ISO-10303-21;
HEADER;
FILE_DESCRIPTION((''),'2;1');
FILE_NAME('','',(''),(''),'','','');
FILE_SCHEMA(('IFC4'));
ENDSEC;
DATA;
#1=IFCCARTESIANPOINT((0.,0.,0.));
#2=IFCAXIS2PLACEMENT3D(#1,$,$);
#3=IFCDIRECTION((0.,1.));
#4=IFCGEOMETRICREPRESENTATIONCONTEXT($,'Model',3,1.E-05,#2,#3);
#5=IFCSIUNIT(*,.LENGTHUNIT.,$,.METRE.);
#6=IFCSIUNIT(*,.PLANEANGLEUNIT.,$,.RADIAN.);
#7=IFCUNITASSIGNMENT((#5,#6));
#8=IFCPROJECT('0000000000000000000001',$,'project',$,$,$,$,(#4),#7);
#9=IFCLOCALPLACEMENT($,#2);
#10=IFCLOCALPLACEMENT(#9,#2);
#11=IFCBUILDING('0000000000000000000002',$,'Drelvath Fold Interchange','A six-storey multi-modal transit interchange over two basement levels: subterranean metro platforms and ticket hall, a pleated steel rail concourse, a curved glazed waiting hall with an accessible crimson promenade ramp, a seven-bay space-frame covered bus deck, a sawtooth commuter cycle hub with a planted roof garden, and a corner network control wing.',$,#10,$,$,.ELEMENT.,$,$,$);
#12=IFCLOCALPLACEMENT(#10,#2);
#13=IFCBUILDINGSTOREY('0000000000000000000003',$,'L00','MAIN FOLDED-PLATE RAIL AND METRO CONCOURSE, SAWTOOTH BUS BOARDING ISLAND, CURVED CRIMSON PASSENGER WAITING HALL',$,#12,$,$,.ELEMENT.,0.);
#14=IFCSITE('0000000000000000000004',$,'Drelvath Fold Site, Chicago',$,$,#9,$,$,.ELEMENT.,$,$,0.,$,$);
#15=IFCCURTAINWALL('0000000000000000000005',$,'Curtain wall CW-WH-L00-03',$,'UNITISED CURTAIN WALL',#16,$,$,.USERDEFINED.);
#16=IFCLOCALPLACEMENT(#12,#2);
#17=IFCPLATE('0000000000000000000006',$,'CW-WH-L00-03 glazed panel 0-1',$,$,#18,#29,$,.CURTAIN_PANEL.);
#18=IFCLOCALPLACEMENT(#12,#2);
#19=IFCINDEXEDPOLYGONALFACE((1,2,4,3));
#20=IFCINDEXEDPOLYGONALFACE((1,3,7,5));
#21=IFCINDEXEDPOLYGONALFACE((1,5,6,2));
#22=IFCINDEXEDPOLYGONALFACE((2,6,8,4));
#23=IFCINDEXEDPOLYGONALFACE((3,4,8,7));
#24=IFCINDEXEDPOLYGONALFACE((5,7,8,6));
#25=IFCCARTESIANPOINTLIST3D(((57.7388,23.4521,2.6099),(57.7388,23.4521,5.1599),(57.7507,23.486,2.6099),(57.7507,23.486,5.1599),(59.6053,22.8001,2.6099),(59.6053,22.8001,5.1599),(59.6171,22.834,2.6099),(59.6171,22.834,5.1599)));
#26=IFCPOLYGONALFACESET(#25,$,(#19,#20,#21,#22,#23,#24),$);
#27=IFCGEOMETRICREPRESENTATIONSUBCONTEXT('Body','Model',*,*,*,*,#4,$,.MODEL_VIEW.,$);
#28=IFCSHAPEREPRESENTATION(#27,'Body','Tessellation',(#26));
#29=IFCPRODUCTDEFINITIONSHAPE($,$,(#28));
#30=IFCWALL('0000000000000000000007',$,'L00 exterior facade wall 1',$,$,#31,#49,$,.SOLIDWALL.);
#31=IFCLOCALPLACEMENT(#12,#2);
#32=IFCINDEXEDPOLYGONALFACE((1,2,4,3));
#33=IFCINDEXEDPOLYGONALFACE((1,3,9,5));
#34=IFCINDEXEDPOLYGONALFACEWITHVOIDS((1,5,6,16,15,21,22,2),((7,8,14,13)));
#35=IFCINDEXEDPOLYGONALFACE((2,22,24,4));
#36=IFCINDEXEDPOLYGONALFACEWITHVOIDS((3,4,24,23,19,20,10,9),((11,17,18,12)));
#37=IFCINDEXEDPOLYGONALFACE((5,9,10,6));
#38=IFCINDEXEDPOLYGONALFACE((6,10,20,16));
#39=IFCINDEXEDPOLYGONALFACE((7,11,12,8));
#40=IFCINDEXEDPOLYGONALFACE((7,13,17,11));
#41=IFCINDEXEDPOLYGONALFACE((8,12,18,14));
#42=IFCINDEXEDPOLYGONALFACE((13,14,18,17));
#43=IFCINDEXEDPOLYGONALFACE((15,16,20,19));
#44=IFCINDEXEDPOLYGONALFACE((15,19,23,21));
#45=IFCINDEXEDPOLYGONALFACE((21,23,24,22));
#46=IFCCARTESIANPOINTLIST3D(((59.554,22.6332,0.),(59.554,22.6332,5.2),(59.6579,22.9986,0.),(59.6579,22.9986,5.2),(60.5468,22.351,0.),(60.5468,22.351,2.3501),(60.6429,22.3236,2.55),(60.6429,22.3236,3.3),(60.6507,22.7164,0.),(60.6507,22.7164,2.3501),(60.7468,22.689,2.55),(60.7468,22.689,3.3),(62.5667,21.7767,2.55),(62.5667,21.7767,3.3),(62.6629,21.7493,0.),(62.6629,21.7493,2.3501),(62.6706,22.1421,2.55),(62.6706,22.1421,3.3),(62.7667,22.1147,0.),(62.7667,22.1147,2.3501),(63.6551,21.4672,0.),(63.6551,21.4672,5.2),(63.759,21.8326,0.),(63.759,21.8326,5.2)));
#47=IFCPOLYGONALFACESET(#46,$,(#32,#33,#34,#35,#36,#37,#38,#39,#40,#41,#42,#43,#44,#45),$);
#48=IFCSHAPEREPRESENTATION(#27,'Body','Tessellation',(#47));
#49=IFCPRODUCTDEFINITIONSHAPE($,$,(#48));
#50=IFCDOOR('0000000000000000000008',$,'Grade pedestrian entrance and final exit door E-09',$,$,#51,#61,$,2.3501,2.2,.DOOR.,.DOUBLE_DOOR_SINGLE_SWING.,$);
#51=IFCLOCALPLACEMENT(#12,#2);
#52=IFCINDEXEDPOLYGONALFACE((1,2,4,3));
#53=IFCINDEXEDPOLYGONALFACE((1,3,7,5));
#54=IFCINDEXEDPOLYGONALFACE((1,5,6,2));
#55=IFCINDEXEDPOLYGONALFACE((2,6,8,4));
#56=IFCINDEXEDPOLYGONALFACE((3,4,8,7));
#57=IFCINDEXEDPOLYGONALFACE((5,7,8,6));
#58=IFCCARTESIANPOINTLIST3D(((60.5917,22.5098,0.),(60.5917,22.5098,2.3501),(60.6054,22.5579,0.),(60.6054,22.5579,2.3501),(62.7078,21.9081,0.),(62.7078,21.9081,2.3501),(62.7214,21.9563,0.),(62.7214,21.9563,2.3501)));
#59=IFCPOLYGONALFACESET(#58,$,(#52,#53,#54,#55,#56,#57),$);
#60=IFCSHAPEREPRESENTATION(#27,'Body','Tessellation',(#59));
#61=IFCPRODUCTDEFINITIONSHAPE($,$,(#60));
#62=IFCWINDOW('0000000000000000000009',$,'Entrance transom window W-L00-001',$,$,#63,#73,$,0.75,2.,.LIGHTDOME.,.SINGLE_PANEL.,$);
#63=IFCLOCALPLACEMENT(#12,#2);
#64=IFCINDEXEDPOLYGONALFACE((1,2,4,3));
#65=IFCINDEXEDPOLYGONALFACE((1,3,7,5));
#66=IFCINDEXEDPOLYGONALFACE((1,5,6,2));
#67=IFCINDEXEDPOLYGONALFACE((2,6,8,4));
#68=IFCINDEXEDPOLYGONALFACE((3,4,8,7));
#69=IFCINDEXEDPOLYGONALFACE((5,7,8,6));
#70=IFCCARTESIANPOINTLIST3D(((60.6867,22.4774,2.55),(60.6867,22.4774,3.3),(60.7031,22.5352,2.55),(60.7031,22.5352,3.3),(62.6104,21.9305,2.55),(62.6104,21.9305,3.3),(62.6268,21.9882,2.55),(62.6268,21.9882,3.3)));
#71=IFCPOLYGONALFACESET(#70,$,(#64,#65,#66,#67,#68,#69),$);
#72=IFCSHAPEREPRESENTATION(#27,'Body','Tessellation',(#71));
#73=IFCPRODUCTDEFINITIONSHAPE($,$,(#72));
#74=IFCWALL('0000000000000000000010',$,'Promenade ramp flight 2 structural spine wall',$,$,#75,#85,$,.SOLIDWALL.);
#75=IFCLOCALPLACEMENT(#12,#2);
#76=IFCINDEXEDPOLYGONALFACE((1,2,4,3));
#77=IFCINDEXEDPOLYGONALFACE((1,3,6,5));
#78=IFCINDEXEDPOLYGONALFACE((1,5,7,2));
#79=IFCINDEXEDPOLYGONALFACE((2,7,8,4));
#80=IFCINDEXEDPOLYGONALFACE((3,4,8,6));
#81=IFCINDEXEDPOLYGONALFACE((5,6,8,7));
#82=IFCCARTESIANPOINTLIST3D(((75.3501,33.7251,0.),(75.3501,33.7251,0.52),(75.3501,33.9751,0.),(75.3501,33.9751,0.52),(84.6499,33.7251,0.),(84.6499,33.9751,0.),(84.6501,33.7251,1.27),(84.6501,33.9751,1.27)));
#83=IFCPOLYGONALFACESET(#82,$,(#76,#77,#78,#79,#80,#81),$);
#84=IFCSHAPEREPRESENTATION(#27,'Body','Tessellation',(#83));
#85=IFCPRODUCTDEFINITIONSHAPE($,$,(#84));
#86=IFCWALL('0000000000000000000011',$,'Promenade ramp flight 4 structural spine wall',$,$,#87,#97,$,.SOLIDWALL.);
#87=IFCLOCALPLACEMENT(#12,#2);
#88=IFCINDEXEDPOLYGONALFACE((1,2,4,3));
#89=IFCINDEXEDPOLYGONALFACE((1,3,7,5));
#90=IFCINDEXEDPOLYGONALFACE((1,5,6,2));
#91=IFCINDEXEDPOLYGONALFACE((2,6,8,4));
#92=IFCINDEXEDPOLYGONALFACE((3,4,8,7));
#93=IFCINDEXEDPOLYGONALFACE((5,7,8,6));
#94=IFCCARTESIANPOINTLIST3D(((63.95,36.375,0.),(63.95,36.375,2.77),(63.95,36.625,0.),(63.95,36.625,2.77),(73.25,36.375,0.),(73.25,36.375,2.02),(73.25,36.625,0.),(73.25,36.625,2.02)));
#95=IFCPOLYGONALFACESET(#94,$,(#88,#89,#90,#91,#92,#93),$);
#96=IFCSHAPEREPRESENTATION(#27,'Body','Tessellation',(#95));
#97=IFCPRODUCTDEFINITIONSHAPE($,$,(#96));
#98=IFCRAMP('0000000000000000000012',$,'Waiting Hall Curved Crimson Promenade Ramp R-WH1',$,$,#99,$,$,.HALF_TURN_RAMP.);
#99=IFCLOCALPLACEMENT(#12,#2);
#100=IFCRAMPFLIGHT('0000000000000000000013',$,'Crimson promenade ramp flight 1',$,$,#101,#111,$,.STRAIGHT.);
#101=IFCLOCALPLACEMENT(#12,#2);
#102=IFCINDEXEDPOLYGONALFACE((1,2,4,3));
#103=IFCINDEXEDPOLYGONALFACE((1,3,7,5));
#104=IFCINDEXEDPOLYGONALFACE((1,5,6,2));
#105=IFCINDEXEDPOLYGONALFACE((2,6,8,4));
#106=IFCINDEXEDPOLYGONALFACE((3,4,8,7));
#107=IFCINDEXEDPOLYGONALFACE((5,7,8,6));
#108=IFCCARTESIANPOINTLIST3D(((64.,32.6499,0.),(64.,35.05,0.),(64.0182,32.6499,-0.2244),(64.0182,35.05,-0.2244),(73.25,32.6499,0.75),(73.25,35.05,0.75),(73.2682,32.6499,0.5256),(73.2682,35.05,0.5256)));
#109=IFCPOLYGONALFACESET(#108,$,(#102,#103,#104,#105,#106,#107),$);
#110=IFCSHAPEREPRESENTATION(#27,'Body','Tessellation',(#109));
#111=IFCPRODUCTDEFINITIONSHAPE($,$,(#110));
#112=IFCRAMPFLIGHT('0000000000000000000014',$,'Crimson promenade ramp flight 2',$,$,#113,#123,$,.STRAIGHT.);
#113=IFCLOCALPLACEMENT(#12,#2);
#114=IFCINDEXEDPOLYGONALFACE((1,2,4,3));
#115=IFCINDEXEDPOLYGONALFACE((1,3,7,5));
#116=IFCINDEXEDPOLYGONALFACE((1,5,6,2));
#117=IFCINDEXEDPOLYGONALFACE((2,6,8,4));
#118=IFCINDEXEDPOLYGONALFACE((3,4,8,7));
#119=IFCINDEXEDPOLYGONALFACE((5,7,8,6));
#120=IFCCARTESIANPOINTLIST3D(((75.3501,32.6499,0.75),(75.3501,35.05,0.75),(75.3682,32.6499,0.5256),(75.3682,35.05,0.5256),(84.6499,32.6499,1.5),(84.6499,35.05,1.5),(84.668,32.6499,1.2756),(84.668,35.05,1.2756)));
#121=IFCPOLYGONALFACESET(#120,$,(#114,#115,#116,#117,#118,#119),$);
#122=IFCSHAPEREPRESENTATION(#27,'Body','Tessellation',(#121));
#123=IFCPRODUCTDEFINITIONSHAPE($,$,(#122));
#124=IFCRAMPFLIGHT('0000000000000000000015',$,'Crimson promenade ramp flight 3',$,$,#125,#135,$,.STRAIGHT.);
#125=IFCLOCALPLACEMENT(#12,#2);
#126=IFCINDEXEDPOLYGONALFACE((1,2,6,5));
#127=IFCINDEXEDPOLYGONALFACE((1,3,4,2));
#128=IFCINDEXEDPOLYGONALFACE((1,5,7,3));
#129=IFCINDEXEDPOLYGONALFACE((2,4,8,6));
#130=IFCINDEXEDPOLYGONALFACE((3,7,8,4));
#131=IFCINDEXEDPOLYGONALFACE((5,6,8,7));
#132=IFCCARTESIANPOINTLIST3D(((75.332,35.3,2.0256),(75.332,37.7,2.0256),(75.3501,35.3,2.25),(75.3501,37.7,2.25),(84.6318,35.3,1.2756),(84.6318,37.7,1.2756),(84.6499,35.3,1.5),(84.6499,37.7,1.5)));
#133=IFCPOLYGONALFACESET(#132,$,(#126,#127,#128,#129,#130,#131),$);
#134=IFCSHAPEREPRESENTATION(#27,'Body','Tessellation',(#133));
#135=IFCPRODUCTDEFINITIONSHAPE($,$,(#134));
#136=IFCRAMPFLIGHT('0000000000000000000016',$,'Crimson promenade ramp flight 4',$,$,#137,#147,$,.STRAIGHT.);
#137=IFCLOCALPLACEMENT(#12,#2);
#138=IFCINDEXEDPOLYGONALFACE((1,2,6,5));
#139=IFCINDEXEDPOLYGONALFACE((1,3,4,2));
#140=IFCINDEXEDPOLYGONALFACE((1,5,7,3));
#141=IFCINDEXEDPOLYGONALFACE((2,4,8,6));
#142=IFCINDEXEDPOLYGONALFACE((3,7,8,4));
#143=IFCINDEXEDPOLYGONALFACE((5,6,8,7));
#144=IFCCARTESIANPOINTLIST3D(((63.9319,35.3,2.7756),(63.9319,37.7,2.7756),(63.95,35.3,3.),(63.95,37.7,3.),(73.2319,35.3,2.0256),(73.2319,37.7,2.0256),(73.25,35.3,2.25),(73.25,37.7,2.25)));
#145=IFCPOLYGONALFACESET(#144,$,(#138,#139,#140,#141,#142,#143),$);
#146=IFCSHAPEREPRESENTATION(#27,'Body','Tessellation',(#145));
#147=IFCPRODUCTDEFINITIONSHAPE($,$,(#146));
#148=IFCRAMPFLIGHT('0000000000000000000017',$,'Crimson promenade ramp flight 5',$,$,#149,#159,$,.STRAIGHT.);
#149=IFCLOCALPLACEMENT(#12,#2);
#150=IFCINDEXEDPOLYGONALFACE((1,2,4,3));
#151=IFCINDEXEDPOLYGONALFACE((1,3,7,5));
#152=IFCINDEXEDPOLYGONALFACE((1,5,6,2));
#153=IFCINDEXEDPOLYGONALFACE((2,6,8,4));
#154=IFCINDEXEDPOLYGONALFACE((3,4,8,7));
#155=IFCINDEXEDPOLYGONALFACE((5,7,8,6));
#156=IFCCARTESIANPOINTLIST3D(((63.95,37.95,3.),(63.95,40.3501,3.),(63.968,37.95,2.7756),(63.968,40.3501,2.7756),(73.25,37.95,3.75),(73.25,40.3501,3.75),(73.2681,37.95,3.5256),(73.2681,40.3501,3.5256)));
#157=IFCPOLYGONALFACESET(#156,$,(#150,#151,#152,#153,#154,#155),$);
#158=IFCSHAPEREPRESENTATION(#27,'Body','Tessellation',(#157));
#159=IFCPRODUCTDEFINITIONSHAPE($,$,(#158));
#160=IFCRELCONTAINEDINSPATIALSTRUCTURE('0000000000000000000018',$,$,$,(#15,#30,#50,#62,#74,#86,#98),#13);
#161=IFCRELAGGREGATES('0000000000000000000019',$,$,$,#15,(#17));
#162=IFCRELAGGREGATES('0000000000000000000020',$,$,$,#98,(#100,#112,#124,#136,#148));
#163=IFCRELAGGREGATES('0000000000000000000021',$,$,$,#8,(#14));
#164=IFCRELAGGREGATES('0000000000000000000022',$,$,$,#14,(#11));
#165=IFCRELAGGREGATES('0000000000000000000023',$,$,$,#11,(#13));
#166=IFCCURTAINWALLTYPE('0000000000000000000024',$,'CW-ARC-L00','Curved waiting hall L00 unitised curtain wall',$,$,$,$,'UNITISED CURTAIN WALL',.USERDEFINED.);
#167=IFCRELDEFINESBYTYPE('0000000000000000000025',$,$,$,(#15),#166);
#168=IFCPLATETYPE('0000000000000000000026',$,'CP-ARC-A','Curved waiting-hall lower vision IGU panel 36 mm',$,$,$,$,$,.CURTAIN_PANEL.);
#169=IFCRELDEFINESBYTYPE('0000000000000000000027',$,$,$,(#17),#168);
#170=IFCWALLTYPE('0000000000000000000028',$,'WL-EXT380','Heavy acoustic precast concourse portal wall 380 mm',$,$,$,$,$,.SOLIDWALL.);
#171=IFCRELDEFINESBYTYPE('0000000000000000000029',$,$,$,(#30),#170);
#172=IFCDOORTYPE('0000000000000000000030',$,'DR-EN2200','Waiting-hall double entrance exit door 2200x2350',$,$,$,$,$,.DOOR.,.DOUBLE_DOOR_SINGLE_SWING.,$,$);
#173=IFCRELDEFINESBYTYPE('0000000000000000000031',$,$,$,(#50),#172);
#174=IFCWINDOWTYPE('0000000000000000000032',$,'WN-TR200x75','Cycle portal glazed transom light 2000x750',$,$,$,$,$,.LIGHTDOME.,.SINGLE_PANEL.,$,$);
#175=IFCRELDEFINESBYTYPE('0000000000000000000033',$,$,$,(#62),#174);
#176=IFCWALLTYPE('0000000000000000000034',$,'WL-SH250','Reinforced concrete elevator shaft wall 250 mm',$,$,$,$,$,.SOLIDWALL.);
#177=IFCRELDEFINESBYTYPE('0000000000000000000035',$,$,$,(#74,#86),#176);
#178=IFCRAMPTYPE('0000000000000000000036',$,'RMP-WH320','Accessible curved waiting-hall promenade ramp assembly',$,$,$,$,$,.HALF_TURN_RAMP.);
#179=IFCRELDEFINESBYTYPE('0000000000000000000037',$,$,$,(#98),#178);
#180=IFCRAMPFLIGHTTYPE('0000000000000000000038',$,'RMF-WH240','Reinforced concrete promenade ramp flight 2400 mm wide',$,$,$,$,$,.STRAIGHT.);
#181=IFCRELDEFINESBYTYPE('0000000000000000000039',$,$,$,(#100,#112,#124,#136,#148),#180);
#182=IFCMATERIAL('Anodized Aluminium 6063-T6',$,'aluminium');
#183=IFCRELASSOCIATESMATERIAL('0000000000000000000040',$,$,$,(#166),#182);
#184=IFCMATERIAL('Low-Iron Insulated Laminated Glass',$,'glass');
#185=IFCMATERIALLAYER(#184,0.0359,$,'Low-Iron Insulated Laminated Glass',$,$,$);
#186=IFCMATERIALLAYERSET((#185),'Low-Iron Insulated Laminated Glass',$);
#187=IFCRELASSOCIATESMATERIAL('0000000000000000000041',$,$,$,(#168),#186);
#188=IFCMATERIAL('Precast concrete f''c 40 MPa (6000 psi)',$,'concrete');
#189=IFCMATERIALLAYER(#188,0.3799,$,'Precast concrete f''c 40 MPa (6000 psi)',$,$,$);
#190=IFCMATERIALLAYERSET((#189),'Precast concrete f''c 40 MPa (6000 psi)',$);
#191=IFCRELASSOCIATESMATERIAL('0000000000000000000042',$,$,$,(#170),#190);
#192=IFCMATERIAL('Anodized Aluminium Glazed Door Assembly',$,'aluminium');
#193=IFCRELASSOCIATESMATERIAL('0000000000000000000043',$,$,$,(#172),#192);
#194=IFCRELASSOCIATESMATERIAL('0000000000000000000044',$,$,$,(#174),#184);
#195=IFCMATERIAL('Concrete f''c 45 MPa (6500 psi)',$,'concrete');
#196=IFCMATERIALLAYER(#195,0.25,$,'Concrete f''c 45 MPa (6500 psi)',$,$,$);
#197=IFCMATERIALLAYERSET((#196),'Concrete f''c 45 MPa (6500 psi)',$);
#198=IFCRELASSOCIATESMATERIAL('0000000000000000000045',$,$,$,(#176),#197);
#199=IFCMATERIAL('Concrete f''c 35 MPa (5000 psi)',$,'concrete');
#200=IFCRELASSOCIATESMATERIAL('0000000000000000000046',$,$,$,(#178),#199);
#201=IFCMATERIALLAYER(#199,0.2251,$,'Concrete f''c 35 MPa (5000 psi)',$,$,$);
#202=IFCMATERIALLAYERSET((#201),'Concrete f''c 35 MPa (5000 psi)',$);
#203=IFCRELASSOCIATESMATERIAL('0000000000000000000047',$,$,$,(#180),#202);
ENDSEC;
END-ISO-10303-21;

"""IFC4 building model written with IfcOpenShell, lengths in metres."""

from ifc_helpers import new_model, si_unit, direction, frame, frame_2d, origin, origin_2d, place, context, subcontext, project, spatial, polyline, rectangle, outline, extrude, material, layer, layer_set, type_object, element, fill, aggregate, save


model = new_model("IFC4")

# Units and contexts
model_context = context("Model", 3, precision=1e-05, world=origin(), true_north=direction((0.0, 1.0)))
body_context = subcontext(model_context, "Body", "Model", "MODEL_VIEW")
ifc_project = project(units=[si_unit("LENGTHUNIT", "METRE"), si_unit("PLANEANGLEUNIT", "RADIAN")], contexts=[model_context])

# Site, building, storey
site_placement = place(None, origin())
site = spatial("IfcSite", under=ifc_project, at=site_placement, Name="Drelvath Fold Site, Chicago", CompositionType="ELEMENT", RefElevation=0.0)
building_placement = place(site_placement, origin())
building = spatial("IfcBuilding", under=site, at=building_placement, Name="Drelvath Fold Interchange", Description="A six-storey multi-modal transit interchange over two basement levels: subterranean metro platforms and ticket hall, a pleated steel rail concourse, a curved glazed waiting hall with an accessible crimson promenade ramp, a seven-bay space-frame covered bus deck, a sawtooth commuter cycle hub with a planted roof garden, and a corner network control wing.", CompositionType="ELEMENT")
storey_placement = place(building_placement, origin())
storey = spatial("IfcBuildingStorey", under=building, at=storey_placement, Name="L00", Description="MAIN FOLDED-PLATE RAIL AND METRO CONCOURSE, SAWTOOTH BUS BOARDING ISLAND, CURVED CRIMSON PASSENGER WAITING HALL", CompositionType="ELEMENT", Elevation=0.0)

# Curtain wall, plate
ifc_material_1 = material(Name="Anodized Aluminium 6063-T6", Category="aluminium")
curtain_wall_type = type_object("IfcCurtainWallType", Name="CW-ARC-L00", Description="Curved waiting hall L00 unitised curtain wall", ElementType="UNITISED CURTAIN WALL", PredefinedType="USERDEFINED", material=ifc_material_1)
curtain_wall_placement = place(storey_placement, origin())
curtain_wall = element("IfcCurtainWall", 1, at=curtain_wall_placement, inside=storey, type_object=curtain_wall_type, Name="Curtain wall CW-WH-L00-03", ObjectType="UNITISED CURTAIN WALL", PredefinedType="USERDEFINED")
ifc_material_2 = material(Name="Low-Iron Insulated Laminated Glass", Category="glass")
ifc_layer_1 = layer(ifc_material_2, 0.0359, Name="Low-Iron Insulated Laminated Glass")
ifc_layer_set_1 = layer_set([ifc_layer_1], Name="Low-Iron Insulated Laminated Glass")
plate_type = type_object("IfcPlateType", Name="CP-ARC-A", Description="Curved waiting-hall lower vision IGU panel 36 mm", PredefinedType="CURTAIN_PANEL", material=ifc_layer_set_1)
plate_1_placement = place(storey_placement, frame((58.678, 23.1431, 2.6099), z_axis=(0.0, 0.0, 1.0), x_axis=(0.94406, -0.329773, 0.0)))
plate_1 = element("IfcPlate", 2, at=plate_1_placement, type_object=plate_type, Name="CW-WH-L00-03 glazed panel 0-1", PredefinedType="CURTAIN_PANEL", context=body_context, shape_type="SweptSolid", body=[
    extrude(rectangle(XDim=1.9771, YDim=0.0359, at=origin_2d()), origin(), (0.0, 0.0, 1.0), 2.55),
])
aggregate(curtain_wall, [plate_1])

# Wall, openings, door, window
ifc_material_3 = material(Name="Precast concrete f'c 40 MPa (6000 psi)", Category="concrete")
ifc_layer_2 = layer(ifc_material_3, 0.3799, Name="Precast concrete f'c 40 MPa (6000 psi)")
ifc_layer_set_2 = layer_set([ifc_layer_2], Name="Precast concrete f'c 40 MPa (6000 psi)")
wall_type_1 = type_object("IfcWallType", Name="WL-EXT380", Description="Heavy acoustic precast concourse portal wall 380 mm", PredefinedType="SOLIDWALL", material=ifc_layer_set_2)
wall_1_placement = place(storey_placement, frame((59.606, 22.8159, 0.0), z_axis=(0.0, 0.0, 1.0), x_axis=(0.961878, -0.273481, 0.0)))
wall_1 = element("IfcWall", 3, at=wall_1_placement, inside=storey, type_object=wall_type_1, Name="L00 exterior facade wall 1", PredefinedType="SOLIDWALL", context=body_context, shape_type="SweptSolid", body=[
    extrude(rectangle(XDim=4.2637, YDim=0.3799, at=frame_2d((2.1318, 0.0))), origin(), (0.0, 0.0, 1.0), 5.2),
])
opening_1_placement = place(wall_1_placement, frame((1.032, 0.0, 0.0)))
opening_1 = element("IfcOpeningElement", 4, at=opening_1_placement, cuts=wall_1, PredefinedType="OPENING", context=body_context, shape_type="SweptSolid", body=[
    extrude(rectangle(XDim=2.2, YDim=2.3501, at=frame_2d((1.1001, 1.175))), frame((0.0, 0.2, 0.0), z_axis=(0.0, -1.0, 0.0), x_axis=(1.0, 0.0, 0.0)), (0.0, 0.0, 1.0), 0.3999),
])
opening_2_placement = place(wall_1_placement, frame((1.1321, 0.0, 2.55)))
opening_2 = element("IfcOpeningElement", 5, at=opening_2_placement, cuts=wall_1, PredefinedType="OPENING", context=body_context, shape_type="SweptSolid", body=[
    extrude(rectangle(XDim=2.0, YDim=0.75, at=frame_2d((1.0, 0.375))), frame((0.0, 0.2, 0.0), z_axis=(0.0, -1.0, 0.0), x_axis=(1.0, 0.0, 0.0)), (0.0, 0.0, 1.0), 0.3999),
])
ifc_material_4 = material(Name="Anodized Aluminium Glazed Door Assembly", Category="aluminium")
door_type = type_object("IfcDoorType", Name="DR-EN2200", Description="Waiting-hall double entrance exit door 2200x2350", OperationType="DOUBLE_DOOR_SINGLE_SWING", PredefinedType="DOOR", material=ifc_material_4)
door_placement = place(opening_1_placement, frame((2.2, 0.0, 0.0), z_axis=(0.0, 0.0, 1.0), x_axis=(-1.0, 0.0, 0.0)))
door = element("IfcDoor", 6, at=door_placement, inside=storey, type_object=door_type, Name="Grade pedestrian entrance and final exit door E-09", OperationType="DOUBLE_DOOR_SINGLE_SWING", OverallHeight=2.3501, OverallWidth=2.2, PredefinedType="DOOR", context=body_context, shape_type="SweptSolid", body=[
    extrude(rectangle(XDim=2.2, YDim=2.3501, at=frame_2d((1.1001, 1.175))), frame((0.0, 0.0249, 0.0), z_axis=(0.0, -1.0, 0.0), x_axis=(1.0, 0.0, 0.0)), (0.0, 0.0, 1.0), 0.05),
])
fill(opening_1, door)
window_type = type_object("IfcWindowType", Name="WN-TR200x75", Description="Cycle portal glazed transom light 2000x750", PartitioningType="SINGLE_PANEL", PredefinedType="LIGHTDOME", material=ifc_material_2)
window_placement = place(opening_2_placement, origin())
window = element("IfcWindow", 7, at=window_placement, inside=storey, type_object=window_type, Name="Entrance transom window W-L00-001", OverallHeight=0.75, OverallWidth=2.0, PartitioningType="SINGLE_PANEL", PredefinedType="LIGHTDOME", context=body_context, shape_type="SweptSolid", body=[
    extrude(rectangle(XDim=2.0, YDim=0.75, at=frame_2d((1.0, 0.375))), frame((0.0, 0.03, 0.0), z_axis=(0.0, -1.0, 0.0), x_axis=(1.0, 0.0, 0.0)), (0.0, 0.0, 1.0), 0.0601),
])
fill(opening_2, window)

# Walls
ifc_material_5 = material(Name="Concrete f'c 45 MPa (6500 psi)", Category="concrete")
ifc_layer_3 = layer(ifc_material_5, 0.25, Name="Concrete f'c 45 MPa (6500 psi)")
ifc_layer_set_3 = layer_set([ifc_layer_3], Name="Concrete f'c 45 MPa (6500 psi)")
wall_type_2 = type_object("IfcWallType", Name="WL-SH250", Description="Reinforced concrete elevator shaft wall 250 mm", PredefinedType="SOLIDWALL", material=ifc_layer_set_3)
wall_2_placement = place(storey_placement, frame((75.3501, 33.8501, 0.0), z_axis=(0.0, 0.0, 1.0), x_axis=(1.0, 0.0, 0.0)))
element("IfcWall", 8, at=wall_2_placement, inside=storey, type_object=wall_type_2, Name="Promenade ramp flight 2 structural spine wall", PredefinedType="SOLIDWALL", context=body_context, shape_type="SweptSolid", body=[
    extrude(outline(polyline([(0.0, 0.0), (9.2998, 0.0), (9.3, 1.27), (0.0, 0.52), (0.0, 0.0)])), frame((0.0, 0.125, 0.0), z_axis=(0.0, -1.0, 0.0), x_axis=(1.0, 0.0, 0.0)), (0.0, 0.0, 1.0), 0.25),
])
wall_3_placement = place(storey_placement, frame((73.25, 36.5, 0.0), z_axis=(0.0, 0.0, 1.0), x_axis=(-1.0, 0.0, 0.0)))
element("IfcWall", 9, at=wall_3_placement, inside=storey, type_object=wall_type_2, Name="Promenade ramp flight 4 structural spine wall", PredefinedType="SOLIDWALL", context=body_context, shape_type="SweptSolid", body=[
    extrude(outline(polyline([(0.0, 0.0), (9.3, 0.0), (9.3, 2.77), (0.0, 2.02), (0.0, 0.0)])), frame((0.0, 0.125, 0.0), z_axis=(0.0, -1.0, 0.0), x_axis=(1.0, 0.0, 0.0)), (0.0, 0.0, 1.0), 0.25),
])

# Ramp, ramp flights
ifc_material_6 = material(Name="Concrete f'c 35 MPa (5000 psi)", Category="concrete")
ramp_type = type_object("IfcRampType", Name="RMP-WH320", Description="Accessible curved waiting-hall promenade ramp assembly", PredefinedType="HALF_TURN_RAMP", material=ifc_material_6)
ramp_placement = place(storey_placement, origin())
ramp = element("IfcRamp", 10, at=ramp_placement, inside=storey, type_object=ramp_type, Name="Waiting Hall Curved Crimson Promenade Ramp R-WH1", PredefinedType="HALF_TURN_RAMP")
ifc_layer_4 = layer(ifc_material_6, 0.2251, Name="Concrete f'c 35 MPa (5000 psi)")
ifc_layer_set_4 = layer_set([ifc_layer_4], Name="Concrete f'c 35 MPa (5000 psi)")
ramp_flight_type = type_object("IfcRampFlightType", Name="RMF-WH240", Description="Reinforced concrete promenade ramp flight 2400 mm wide", PredefinedType="STRAIGHT", material=ifc_layer_set_4)
ramp_flight_1_placement = place(storey_placement, frame((64.0, 32.6499, 0.0), z_axis=(-0.080816, 0.0, 0.996729), x_axis=(0.996729, 0.0, 0.080816)))
ramp_flight_1 = element("IfcRampFlight", 11, at=ramp_flight_1_placement, type_object=ramp_flight_type, Name="Crimson promenade ramp flight 1", PredefinedType="STRAIGHT", context=body_context, shape_type="SweptSolid", body=[
    extrude(outline(polyline([(0.0, 0.0), (9.2804, 0.0), (9.2804, 2.4001), (0.0, 2.4001), (0.0, 0.0)])), origin(), (0.0, 0.0, -1.0), 0.2251),
])
ramp_flight_2_placement = place(storey_placement, frame((75.3501, 32.6499, 0.75), z_axis=(-0.080386, 0.0, 0.996764), x_axis=(0.996764, 0.0, 0.080386)))
ramp_flight_2 = element("IfcRampFlight", 12, at=ramp_flight_2_placement, type_object=ramp_flight_type, Name="Crimson promenade ramp flight 2", PredefinedType="STRAIGHT", context=body_context, shape_type="SweptSolid", body=[
    extrude(outline(polyline([(0.0, 0.0), (9.33, 0.0), (9.33, 2.4001), (0.0, 2.4001), (0.0, 0.0)])), origin(), (0.0, 0.0, -1.0), 0.2251),
])
ramp_flight_3_placement = place(storey_placement, frame((75.3501, 35.3, 2.25), z_axis=(0.080386, 0.0, 0.996764), x_axis=(0.996764, 0.0, -0.080386)))
ramp_flight_3 = element("IfcRampFlight", 13, at=ramp_flight_3_placement, type_object=ramp_flight_type, Name="Crimson promenade ramp flight 3", PredefinedType="STRAIGHT", context=body_context, shape_type="SweptSolid", body=[
    extrude(outline(polyline([(0.0, 0.0), (9.33, 0.0), (9.33, 2.3999), (0.0, 2.3999), (0.0, 0.0)])), origin(), (0.0, 0.0, -1.0), 0.2251),
])
ramp_flight_4_placement = place(storey_placement, frame((63.95, 35.3, 3.0), z_axis=(0.080384, 0.0, 0.996764), x_axis=(0.996764, 0.0, -0.080384)))
ramp_flight_4 = element("IfcRampFlight", 14, at=ramp_flight_4_placement, type_object=ramp_flight_type, Name="Crimson promenade ramp flight 4", PredefinedType="STRAIGHT", context=body_context, shape_type="SweptSolid", body=[
    extrude(outline(polyline([(0.0, 0.0), (9.3302, 0.0), (9.3302, 2.3999), (0.0, 2.3999), (0.0, 0.0)])), origin(), (0.0, 0.0, -1.0), 0.2251),
])
ramp_flight_5_placement = place(storey_placement, frame((63.95, 37.95, 3.0), z_axis=(-0.080384, 0.0, 0.996764), x_axis=(0.996764, 0.0, 0.080384)))
ramp_flight_5 = element("IfcRampFlight", 15, at=ramp_flight_5_placement, type_object=ramp_flight_type, Name="Crimson promenade ramp flight 5", PredefinedType="STRAIGHT", context=body_context, shape_type="SweptSolid", body=[
    extrude(outline(polyline([(0.0, 0.0), (9.3302, 0.0), (9.3302, 2.4001), (0.0, 2.4001), (0.0, 0.0)])), origin(), (0.0, 0.0, -1.0), 0.2251),
])
aggregate(ramp, [ramp_flight_1, ramp_flight_2, ramp_flight_3, ramp_flight_4, ramp_flight_5])

save(model, "model.ifc")
